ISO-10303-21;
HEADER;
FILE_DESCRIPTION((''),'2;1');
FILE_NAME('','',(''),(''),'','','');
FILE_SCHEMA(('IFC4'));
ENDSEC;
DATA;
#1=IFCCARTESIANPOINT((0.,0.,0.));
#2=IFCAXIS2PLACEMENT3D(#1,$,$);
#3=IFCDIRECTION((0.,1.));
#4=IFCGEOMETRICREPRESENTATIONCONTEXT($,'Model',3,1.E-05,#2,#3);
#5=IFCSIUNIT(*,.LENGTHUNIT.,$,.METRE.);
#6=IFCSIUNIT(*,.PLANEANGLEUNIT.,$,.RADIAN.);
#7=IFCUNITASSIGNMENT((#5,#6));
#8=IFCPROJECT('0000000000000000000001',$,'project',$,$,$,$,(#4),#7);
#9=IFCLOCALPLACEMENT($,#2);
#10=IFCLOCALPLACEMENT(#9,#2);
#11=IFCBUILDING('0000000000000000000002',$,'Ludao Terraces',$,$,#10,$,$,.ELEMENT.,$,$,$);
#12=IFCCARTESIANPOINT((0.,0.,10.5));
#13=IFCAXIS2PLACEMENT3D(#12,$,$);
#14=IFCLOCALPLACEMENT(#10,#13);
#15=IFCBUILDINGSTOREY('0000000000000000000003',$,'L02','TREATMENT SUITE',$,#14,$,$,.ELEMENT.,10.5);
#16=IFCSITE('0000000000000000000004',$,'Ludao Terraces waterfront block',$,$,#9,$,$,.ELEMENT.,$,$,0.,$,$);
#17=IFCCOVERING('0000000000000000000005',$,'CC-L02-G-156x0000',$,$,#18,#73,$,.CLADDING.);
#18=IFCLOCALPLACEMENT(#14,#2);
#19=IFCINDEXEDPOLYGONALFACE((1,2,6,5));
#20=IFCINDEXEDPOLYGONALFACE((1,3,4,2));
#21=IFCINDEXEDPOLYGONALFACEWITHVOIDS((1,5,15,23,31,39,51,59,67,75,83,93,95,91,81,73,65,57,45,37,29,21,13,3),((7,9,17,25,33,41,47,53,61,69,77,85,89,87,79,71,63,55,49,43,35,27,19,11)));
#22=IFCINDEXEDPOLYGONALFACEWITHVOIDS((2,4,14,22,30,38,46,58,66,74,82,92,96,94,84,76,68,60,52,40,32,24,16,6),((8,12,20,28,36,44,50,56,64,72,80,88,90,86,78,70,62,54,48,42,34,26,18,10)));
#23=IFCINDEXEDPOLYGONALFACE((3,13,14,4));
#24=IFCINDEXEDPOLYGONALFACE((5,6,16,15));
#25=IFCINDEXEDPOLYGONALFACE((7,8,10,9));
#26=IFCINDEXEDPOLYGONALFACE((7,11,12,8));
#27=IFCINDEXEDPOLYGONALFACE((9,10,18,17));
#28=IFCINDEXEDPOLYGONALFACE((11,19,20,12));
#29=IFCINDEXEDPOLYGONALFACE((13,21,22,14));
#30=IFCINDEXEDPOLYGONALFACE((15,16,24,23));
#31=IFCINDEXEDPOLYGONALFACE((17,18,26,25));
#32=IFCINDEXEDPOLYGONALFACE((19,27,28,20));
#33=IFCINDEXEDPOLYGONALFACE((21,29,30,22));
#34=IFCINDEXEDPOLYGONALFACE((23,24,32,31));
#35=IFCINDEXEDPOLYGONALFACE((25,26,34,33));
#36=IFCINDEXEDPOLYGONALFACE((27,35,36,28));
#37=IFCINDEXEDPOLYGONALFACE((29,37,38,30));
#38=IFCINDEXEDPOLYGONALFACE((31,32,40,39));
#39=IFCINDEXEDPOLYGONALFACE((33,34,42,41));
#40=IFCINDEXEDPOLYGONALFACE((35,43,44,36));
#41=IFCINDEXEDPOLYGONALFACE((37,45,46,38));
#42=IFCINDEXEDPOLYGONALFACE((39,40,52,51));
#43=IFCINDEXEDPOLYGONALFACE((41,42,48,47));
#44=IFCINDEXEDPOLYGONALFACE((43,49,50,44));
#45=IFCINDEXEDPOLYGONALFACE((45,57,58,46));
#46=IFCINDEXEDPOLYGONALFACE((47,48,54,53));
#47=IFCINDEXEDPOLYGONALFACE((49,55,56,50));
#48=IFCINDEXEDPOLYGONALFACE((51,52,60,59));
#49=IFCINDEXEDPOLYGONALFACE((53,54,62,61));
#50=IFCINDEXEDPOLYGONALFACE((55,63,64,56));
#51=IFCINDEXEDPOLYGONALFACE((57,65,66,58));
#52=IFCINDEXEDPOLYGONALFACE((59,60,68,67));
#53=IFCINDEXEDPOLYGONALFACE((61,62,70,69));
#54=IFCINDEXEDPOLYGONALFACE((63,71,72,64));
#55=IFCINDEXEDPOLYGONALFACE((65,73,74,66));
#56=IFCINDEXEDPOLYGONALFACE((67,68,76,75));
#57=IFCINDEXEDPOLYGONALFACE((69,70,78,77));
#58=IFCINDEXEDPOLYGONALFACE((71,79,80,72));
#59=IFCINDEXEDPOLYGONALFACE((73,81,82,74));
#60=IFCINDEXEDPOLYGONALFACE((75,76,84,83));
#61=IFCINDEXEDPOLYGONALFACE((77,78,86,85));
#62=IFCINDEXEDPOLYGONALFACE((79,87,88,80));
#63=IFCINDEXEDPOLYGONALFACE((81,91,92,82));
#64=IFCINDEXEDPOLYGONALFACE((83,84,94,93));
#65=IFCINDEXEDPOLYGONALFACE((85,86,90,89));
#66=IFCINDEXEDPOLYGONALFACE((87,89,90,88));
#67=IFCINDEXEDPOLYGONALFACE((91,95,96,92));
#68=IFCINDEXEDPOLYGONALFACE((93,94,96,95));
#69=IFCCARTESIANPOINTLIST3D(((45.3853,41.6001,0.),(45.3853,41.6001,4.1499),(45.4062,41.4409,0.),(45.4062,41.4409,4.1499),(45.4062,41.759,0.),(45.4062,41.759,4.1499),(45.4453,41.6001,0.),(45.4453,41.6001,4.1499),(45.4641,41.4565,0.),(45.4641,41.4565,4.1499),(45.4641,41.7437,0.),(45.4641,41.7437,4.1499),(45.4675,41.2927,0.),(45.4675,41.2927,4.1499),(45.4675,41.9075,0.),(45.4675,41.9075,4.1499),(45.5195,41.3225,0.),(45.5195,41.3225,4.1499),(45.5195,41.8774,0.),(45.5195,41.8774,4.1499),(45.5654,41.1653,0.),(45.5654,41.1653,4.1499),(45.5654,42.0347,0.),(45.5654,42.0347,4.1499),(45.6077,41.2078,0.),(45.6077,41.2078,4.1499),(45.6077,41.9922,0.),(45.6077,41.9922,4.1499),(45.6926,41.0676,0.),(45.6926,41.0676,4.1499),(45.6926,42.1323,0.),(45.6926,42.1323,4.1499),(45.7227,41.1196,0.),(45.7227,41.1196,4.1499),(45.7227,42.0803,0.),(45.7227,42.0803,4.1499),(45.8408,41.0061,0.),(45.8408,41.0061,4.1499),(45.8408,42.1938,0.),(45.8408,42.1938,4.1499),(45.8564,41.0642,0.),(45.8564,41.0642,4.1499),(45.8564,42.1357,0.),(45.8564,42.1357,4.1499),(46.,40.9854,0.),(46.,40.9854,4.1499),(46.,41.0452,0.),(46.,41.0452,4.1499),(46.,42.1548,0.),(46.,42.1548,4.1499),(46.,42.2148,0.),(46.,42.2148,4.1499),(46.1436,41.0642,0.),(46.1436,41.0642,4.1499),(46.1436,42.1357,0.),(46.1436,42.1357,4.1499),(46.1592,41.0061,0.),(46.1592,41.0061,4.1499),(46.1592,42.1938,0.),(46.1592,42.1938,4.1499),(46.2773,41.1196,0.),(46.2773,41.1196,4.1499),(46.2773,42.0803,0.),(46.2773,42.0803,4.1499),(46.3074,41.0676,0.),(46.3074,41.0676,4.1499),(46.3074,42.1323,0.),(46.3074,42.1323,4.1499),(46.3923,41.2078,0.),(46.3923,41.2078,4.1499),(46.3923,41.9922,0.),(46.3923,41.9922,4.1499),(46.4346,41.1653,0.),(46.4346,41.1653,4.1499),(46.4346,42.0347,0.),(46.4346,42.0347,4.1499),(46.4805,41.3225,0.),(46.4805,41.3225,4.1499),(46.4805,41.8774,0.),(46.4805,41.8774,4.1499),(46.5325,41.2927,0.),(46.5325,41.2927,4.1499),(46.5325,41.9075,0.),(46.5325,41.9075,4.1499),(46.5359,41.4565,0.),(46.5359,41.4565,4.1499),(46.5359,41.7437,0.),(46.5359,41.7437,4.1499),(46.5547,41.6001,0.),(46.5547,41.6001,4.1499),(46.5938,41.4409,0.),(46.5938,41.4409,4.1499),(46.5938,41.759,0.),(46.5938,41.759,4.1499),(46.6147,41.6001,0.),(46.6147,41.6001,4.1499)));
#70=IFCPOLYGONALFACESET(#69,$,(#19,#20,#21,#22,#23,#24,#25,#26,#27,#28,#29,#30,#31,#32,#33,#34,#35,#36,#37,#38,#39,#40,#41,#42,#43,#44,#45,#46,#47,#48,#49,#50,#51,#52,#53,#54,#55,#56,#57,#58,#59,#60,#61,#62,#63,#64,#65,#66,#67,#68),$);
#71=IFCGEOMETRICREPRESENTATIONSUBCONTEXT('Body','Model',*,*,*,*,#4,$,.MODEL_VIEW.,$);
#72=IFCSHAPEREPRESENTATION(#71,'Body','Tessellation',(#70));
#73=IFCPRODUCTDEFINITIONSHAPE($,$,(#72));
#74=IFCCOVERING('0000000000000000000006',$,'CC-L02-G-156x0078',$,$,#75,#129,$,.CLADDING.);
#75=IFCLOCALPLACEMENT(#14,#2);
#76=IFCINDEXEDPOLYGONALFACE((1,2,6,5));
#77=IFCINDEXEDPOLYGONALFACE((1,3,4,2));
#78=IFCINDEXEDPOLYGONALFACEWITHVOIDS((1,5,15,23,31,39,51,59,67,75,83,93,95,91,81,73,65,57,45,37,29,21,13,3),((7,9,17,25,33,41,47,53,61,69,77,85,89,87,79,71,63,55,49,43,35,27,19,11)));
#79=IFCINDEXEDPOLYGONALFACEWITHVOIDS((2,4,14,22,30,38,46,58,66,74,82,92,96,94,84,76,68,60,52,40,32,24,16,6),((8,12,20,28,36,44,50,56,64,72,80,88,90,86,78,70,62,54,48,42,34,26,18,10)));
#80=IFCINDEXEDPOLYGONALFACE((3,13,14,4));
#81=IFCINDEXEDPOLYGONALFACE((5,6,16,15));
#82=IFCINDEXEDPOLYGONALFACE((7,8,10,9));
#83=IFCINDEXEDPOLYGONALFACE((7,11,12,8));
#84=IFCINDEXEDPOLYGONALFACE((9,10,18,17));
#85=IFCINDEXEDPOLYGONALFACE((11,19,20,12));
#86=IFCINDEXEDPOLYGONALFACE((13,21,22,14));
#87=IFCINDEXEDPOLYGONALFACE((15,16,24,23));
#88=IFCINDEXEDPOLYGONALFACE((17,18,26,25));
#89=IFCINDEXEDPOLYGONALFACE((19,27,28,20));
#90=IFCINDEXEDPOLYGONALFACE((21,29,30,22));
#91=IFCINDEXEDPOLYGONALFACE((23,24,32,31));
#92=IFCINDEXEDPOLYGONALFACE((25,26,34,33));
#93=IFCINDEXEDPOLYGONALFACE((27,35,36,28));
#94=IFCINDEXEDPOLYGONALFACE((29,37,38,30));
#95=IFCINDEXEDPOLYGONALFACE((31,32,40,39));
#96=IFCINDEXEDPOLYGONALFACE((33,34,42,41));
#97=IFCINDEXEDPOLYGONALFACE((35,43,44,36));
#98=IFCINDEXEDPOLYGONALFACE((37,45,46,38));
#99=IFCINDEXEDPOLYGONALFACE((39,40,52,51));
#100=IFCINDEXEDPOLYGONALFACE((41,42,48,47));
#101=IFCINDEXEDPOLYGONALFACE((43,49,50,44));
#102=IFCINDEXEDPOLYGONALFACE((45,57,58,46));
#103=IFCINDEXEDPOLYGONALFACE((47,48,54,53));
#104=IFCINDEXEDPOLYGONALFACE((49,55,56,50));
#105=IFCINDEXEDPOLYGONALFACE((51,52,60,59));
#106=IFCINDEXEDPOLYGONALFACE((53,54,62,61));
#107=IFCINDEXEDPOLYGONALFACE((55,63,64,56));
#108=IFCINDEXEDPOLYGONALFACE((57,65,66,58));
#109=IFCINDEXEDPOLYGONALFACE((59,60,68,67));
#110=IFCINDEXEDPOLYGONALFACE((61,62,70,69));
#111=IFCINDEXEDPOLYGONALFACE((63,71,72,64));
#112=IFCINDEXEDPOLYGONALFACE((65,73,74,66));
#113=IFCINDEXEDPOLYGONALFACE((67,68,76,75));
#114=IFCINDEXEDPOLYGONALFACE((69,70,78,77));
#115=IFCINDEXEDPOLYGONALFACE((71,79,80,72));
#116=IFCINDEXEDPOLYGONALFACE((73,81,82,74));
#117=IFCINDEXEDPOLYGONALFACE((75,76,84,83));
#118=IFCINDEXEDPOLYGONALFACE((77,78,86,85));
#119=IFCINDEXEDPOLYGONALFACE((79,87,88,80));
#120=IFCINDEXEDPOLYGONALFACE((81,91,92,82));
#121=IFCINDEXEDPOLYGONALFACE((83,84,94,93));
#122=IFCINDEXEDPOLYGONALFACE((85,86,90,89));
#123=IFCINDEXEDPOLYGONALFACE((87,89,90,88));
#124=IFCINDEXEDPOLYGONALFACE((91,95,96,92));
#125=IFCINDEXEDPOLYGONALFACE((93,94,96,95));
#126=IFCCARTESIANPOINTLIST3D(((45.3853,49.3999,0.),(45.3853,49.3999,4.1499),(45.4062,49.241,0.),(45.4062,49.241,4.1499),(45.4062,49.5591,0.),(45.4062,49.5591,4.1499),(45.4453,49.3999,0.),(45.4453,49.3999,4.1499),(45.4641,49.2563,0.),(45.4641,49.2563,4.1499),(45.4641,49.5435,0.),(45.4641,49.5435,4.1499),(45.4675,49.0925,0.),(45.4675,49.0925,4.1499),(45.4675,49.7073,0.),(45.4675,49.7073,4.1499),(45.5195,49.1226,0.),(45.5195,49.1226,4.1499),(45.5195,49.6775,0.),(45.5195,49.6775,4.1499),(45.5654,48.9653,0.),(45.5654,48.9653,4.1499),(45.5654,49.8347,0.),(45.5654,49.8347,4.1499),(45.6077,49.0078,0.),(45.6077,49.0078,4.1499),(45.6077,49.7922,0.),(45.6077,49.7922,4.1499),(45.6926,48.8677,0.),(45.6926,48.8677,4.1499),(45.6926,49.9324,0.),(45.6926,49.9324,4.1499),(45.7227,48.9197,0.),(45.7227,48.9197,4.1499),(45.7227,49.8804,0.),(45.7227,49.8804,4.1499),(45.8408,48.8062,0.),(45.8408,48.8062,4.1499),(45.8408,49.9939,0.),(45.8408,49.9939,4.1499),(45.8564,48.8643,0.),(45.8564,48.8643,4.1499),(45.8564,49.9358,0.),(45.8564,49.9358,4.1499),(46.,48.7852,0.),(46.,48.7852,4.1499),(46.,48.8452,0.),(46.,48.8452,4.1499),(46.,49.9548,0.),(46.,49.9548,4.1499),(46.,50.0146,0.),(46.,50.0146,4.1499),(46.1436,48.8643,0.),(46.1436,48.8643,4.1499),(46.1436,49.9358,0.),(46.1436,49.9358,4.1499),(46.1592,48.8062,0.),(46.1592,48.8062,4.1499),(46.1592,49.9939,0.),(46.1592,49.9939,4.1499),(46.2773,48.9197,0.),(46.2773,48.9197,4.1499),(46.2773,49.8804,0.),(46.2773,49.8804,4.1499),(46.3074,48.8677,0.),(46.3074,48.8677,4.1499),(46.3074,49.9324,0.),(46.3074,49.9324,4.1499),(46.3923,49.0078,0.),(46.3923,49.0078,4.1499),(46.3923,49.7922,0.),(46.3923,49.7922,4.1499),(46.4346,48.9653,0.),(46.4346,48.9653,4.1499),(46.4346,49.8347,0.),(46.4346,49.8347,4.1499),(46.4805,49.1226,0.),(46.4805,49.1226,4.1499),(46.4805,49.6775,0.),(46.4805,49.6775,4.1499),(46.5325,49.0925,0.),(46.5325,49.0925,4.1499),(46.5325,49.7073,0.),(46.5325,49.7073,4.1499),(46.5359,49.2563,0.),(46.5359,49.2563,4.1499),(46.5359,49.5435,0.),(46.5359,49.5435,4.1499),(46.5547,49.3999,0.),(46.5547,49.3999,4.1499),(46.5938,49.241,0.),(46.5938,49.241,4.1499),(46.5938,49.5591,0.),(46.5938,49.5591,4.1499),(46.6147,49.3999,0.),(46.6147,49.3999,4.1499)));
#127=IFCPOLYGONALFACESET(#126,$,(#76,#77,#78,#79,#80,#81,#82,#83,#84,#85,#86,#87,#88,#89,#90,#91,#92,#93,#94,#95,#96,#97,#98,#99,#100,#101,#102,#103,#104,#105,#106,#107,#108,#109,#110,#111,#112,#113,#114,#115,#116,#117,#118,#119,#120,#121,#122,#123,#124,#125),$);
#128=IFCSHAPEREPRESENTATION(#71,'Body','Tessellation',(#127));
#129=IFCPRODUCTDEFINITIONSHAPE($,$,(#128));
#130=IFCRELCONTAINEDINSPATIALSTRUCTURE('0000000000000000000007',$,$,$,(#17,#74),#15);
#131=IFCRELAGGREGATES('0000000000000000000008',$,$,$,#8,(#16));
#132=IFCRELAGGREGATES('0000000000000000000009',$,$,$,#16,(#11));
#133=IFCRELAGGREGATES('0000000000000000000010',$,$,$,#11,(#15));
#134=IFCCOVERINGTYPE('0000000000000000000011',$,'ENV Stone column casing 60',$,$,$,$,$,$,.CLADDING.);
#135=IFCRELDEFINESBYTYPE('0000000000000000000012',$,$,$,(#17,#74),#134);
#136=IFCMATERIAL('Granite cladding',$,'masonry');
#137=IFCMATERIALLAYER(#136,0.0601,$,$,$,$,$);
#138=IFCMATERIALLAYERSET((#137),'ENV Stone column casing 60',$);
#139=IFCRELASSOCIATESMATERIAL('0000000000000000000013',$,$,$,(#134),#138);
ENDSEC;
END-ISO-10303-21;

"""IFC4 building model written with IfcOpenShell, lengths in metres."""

from ifc_helpers import new_model, si_unit, direction, frame, origin, place, context, subcontext, project, spatial, polyline, outline, extrude, material, layer, layer_set, type_object, element, save


model = new_model("IFC4")

# Units and contexts
model_context = context("Model", 3, precision=1e-05, world=origin(), true_north=direction((0.0, 1.0)))
body_context = subcontext(model_context, "Body", "Model", "MODEL_VIEW")
ifc_project = project(units=[si_unit("LENGTHUNIT", "METRE"), si_unit("PLANEANGLEUNIT", "RADIAN")], contexts=[model_context])

# Site, building, storey
site_placement = place(None, origin())
site = spatial("IfcSite", under=ifc_project, at=site_placement, Name="Ludao Terraces waterfront block", CompositionType="ELEMENT", RefElevation=0.0)
building_placement = place(site_placement, origin())
building = spatial("IfcBuilding", under=site, at=building_placement, Name="Ludao Terraces", CompositionType="ELEMENT")
storey_placement = place(building_placement, frame((0.0, 0.0, 10.5)))
storey = spatial("IfcBuildingStorey", under=building, at=storey_placement, Name="L02", Description="TREATMENT SUITE", CompositionType="ELEMENT", Elevation=10.5)

# Coverings
ifc_material_1 = material(Name="Granite cladding", Category="masonry")
ifc_layer_1 = layer(ifc_material_1, 0.0601)
ifc_layer_set_1 = layer_set([ifc_layer_1], Name="ENV Stone column casing 60")
covering_type = type_object("IfcCoveringType", Name="ENV Stone column casing 60", PredefinedType="CLADDING", material=ifc_layer_set_1)
covering_1_placement = place(storey_placement, origin())
element("IfcCovering", 1, at=covering_1_placement, inside=storey, type_object=covering_type, Name="CC-L02-G-156x0000", PredefinedType="CLADDING", context=body_context, shape_type="SweptSolid", body=[
    extrude(outline(polyline([(46.6147, 41.6001), (46.5938, 41.759), (46.5325, 41.9075), (46.4346, 42.0347), (46.3074, 42.1323), (46.1592, 42.1938), (46.0, 42.2148), (45.8408, 42.1938), (45.6926, 42.1323), (45.5654, 42.0347), (45.4675, 41.9075), (45.4062, 41.759), (45.3853, 41.6001), (45.4062, 41.4409), (45.4675, 41.2927), (45.5654, 41.1653), (45.6926, 41.0676), (45.8408, 41.0061), (46.0, 40.9854), (46.1592, 41.0061), (46.3074, 41.0676), (46.4346, 41.1653), (46.5325, 41.2927), (46.5938, 41.4409), (46.6147, 41.6001)]), holes=[polyline([(46.5359, 41.4565), (46.4805, 41.3225), (46.3923, 41.2078), (46.2773, 41.1196), (46.1436, 41.0642), (46.0, 41.0452), (45.8564, 41.0642), (45.7227, 41.1196), (45.6077, 41.2078), (45.5195, 41.3225), (45.4641, 41.4565), (45.4453, 41.6001), (45.4641, 41.7437), (45.5195, 41.8774), (45.6077, 41.9922), (45.7227, 42.0803), (45.8564, 42.1357), (46.0, 42.1548), (46.1436, 42.1357), (46.2773, 42.0803), (46.3923, 41.9922), (46.4805, 41.8774), (46.5359, 41.7437), (46.5547, 41.6001), (46.5359, 41.4565)])]), origin(), (0.0, 0.0, 1.0), 4.1499),
])
covering_2_placement = place(storey_placement, origin())
element("IfcCovering", 2, at=covering_2_placement, inside=storey, type_object=covering_type, Name="CC-L02-G-156x0078", PredefinedType="CLADDING", context=body_context, shape_type="SweptSolid", body=[
    extrude(outline(polyline([(46.6147, 49.3999), (46.5938, 49.5591), (46.5325, 49.7073), (46.4346, 49.8347), (46.3074, 49.9324), (46.1592, 49.9939), (46.0, 50.0146), (45.8408, 49.9939), (45.6926, 49.9324), (45.5654, 49.8347), (45.4675, 49.7073), (45.4062, 49.5591), (45.3853, 49.3999), (45.4062, 49.241), (45.4675, 49.0925), (45.5654, 48.9653), (45.6926, 48.8677), (45.8408, 48.8062), (46.0, 48.7852), (46.1592, 48.8062), (46.3074, 48.8677), (46.4346, 48.9653), (46.5325, 49.0925), (46.5938, 49.241), (46.6147, 49.3999)]), holes=[polyline([(46.5359, 49.2563), (46.4805, 49.1226), (46.3923, 49.0078), (46.2773, 48.9197), (46.1436, 48.8643), (46.0, 48.8452), (45.8564, 48.8643), (45.7227, 48.9197), (45.6077, 49.0078), (45.5195, 49.1226), (45.4641, 49.2563), (45.4453, 49.3999), (45.4641, 49.5435), (45.5195, 49.6775), (45.6077, 49.7922), (45.7227, 49.8804), (45.8564, 49.9358), (46.0, 49.9548), (46.1436, 49.9358), (46.2773, 49.8804), (46.3923, 49.7922), (46.4805, 49.6775), (46.5359, 49.5435), (46.5547, 49.3999), (46.5359, 49.2563)])]), origin(), (0.0, 0.0, 1.0), 4.1499),
])

save(model, "model.ifc")
